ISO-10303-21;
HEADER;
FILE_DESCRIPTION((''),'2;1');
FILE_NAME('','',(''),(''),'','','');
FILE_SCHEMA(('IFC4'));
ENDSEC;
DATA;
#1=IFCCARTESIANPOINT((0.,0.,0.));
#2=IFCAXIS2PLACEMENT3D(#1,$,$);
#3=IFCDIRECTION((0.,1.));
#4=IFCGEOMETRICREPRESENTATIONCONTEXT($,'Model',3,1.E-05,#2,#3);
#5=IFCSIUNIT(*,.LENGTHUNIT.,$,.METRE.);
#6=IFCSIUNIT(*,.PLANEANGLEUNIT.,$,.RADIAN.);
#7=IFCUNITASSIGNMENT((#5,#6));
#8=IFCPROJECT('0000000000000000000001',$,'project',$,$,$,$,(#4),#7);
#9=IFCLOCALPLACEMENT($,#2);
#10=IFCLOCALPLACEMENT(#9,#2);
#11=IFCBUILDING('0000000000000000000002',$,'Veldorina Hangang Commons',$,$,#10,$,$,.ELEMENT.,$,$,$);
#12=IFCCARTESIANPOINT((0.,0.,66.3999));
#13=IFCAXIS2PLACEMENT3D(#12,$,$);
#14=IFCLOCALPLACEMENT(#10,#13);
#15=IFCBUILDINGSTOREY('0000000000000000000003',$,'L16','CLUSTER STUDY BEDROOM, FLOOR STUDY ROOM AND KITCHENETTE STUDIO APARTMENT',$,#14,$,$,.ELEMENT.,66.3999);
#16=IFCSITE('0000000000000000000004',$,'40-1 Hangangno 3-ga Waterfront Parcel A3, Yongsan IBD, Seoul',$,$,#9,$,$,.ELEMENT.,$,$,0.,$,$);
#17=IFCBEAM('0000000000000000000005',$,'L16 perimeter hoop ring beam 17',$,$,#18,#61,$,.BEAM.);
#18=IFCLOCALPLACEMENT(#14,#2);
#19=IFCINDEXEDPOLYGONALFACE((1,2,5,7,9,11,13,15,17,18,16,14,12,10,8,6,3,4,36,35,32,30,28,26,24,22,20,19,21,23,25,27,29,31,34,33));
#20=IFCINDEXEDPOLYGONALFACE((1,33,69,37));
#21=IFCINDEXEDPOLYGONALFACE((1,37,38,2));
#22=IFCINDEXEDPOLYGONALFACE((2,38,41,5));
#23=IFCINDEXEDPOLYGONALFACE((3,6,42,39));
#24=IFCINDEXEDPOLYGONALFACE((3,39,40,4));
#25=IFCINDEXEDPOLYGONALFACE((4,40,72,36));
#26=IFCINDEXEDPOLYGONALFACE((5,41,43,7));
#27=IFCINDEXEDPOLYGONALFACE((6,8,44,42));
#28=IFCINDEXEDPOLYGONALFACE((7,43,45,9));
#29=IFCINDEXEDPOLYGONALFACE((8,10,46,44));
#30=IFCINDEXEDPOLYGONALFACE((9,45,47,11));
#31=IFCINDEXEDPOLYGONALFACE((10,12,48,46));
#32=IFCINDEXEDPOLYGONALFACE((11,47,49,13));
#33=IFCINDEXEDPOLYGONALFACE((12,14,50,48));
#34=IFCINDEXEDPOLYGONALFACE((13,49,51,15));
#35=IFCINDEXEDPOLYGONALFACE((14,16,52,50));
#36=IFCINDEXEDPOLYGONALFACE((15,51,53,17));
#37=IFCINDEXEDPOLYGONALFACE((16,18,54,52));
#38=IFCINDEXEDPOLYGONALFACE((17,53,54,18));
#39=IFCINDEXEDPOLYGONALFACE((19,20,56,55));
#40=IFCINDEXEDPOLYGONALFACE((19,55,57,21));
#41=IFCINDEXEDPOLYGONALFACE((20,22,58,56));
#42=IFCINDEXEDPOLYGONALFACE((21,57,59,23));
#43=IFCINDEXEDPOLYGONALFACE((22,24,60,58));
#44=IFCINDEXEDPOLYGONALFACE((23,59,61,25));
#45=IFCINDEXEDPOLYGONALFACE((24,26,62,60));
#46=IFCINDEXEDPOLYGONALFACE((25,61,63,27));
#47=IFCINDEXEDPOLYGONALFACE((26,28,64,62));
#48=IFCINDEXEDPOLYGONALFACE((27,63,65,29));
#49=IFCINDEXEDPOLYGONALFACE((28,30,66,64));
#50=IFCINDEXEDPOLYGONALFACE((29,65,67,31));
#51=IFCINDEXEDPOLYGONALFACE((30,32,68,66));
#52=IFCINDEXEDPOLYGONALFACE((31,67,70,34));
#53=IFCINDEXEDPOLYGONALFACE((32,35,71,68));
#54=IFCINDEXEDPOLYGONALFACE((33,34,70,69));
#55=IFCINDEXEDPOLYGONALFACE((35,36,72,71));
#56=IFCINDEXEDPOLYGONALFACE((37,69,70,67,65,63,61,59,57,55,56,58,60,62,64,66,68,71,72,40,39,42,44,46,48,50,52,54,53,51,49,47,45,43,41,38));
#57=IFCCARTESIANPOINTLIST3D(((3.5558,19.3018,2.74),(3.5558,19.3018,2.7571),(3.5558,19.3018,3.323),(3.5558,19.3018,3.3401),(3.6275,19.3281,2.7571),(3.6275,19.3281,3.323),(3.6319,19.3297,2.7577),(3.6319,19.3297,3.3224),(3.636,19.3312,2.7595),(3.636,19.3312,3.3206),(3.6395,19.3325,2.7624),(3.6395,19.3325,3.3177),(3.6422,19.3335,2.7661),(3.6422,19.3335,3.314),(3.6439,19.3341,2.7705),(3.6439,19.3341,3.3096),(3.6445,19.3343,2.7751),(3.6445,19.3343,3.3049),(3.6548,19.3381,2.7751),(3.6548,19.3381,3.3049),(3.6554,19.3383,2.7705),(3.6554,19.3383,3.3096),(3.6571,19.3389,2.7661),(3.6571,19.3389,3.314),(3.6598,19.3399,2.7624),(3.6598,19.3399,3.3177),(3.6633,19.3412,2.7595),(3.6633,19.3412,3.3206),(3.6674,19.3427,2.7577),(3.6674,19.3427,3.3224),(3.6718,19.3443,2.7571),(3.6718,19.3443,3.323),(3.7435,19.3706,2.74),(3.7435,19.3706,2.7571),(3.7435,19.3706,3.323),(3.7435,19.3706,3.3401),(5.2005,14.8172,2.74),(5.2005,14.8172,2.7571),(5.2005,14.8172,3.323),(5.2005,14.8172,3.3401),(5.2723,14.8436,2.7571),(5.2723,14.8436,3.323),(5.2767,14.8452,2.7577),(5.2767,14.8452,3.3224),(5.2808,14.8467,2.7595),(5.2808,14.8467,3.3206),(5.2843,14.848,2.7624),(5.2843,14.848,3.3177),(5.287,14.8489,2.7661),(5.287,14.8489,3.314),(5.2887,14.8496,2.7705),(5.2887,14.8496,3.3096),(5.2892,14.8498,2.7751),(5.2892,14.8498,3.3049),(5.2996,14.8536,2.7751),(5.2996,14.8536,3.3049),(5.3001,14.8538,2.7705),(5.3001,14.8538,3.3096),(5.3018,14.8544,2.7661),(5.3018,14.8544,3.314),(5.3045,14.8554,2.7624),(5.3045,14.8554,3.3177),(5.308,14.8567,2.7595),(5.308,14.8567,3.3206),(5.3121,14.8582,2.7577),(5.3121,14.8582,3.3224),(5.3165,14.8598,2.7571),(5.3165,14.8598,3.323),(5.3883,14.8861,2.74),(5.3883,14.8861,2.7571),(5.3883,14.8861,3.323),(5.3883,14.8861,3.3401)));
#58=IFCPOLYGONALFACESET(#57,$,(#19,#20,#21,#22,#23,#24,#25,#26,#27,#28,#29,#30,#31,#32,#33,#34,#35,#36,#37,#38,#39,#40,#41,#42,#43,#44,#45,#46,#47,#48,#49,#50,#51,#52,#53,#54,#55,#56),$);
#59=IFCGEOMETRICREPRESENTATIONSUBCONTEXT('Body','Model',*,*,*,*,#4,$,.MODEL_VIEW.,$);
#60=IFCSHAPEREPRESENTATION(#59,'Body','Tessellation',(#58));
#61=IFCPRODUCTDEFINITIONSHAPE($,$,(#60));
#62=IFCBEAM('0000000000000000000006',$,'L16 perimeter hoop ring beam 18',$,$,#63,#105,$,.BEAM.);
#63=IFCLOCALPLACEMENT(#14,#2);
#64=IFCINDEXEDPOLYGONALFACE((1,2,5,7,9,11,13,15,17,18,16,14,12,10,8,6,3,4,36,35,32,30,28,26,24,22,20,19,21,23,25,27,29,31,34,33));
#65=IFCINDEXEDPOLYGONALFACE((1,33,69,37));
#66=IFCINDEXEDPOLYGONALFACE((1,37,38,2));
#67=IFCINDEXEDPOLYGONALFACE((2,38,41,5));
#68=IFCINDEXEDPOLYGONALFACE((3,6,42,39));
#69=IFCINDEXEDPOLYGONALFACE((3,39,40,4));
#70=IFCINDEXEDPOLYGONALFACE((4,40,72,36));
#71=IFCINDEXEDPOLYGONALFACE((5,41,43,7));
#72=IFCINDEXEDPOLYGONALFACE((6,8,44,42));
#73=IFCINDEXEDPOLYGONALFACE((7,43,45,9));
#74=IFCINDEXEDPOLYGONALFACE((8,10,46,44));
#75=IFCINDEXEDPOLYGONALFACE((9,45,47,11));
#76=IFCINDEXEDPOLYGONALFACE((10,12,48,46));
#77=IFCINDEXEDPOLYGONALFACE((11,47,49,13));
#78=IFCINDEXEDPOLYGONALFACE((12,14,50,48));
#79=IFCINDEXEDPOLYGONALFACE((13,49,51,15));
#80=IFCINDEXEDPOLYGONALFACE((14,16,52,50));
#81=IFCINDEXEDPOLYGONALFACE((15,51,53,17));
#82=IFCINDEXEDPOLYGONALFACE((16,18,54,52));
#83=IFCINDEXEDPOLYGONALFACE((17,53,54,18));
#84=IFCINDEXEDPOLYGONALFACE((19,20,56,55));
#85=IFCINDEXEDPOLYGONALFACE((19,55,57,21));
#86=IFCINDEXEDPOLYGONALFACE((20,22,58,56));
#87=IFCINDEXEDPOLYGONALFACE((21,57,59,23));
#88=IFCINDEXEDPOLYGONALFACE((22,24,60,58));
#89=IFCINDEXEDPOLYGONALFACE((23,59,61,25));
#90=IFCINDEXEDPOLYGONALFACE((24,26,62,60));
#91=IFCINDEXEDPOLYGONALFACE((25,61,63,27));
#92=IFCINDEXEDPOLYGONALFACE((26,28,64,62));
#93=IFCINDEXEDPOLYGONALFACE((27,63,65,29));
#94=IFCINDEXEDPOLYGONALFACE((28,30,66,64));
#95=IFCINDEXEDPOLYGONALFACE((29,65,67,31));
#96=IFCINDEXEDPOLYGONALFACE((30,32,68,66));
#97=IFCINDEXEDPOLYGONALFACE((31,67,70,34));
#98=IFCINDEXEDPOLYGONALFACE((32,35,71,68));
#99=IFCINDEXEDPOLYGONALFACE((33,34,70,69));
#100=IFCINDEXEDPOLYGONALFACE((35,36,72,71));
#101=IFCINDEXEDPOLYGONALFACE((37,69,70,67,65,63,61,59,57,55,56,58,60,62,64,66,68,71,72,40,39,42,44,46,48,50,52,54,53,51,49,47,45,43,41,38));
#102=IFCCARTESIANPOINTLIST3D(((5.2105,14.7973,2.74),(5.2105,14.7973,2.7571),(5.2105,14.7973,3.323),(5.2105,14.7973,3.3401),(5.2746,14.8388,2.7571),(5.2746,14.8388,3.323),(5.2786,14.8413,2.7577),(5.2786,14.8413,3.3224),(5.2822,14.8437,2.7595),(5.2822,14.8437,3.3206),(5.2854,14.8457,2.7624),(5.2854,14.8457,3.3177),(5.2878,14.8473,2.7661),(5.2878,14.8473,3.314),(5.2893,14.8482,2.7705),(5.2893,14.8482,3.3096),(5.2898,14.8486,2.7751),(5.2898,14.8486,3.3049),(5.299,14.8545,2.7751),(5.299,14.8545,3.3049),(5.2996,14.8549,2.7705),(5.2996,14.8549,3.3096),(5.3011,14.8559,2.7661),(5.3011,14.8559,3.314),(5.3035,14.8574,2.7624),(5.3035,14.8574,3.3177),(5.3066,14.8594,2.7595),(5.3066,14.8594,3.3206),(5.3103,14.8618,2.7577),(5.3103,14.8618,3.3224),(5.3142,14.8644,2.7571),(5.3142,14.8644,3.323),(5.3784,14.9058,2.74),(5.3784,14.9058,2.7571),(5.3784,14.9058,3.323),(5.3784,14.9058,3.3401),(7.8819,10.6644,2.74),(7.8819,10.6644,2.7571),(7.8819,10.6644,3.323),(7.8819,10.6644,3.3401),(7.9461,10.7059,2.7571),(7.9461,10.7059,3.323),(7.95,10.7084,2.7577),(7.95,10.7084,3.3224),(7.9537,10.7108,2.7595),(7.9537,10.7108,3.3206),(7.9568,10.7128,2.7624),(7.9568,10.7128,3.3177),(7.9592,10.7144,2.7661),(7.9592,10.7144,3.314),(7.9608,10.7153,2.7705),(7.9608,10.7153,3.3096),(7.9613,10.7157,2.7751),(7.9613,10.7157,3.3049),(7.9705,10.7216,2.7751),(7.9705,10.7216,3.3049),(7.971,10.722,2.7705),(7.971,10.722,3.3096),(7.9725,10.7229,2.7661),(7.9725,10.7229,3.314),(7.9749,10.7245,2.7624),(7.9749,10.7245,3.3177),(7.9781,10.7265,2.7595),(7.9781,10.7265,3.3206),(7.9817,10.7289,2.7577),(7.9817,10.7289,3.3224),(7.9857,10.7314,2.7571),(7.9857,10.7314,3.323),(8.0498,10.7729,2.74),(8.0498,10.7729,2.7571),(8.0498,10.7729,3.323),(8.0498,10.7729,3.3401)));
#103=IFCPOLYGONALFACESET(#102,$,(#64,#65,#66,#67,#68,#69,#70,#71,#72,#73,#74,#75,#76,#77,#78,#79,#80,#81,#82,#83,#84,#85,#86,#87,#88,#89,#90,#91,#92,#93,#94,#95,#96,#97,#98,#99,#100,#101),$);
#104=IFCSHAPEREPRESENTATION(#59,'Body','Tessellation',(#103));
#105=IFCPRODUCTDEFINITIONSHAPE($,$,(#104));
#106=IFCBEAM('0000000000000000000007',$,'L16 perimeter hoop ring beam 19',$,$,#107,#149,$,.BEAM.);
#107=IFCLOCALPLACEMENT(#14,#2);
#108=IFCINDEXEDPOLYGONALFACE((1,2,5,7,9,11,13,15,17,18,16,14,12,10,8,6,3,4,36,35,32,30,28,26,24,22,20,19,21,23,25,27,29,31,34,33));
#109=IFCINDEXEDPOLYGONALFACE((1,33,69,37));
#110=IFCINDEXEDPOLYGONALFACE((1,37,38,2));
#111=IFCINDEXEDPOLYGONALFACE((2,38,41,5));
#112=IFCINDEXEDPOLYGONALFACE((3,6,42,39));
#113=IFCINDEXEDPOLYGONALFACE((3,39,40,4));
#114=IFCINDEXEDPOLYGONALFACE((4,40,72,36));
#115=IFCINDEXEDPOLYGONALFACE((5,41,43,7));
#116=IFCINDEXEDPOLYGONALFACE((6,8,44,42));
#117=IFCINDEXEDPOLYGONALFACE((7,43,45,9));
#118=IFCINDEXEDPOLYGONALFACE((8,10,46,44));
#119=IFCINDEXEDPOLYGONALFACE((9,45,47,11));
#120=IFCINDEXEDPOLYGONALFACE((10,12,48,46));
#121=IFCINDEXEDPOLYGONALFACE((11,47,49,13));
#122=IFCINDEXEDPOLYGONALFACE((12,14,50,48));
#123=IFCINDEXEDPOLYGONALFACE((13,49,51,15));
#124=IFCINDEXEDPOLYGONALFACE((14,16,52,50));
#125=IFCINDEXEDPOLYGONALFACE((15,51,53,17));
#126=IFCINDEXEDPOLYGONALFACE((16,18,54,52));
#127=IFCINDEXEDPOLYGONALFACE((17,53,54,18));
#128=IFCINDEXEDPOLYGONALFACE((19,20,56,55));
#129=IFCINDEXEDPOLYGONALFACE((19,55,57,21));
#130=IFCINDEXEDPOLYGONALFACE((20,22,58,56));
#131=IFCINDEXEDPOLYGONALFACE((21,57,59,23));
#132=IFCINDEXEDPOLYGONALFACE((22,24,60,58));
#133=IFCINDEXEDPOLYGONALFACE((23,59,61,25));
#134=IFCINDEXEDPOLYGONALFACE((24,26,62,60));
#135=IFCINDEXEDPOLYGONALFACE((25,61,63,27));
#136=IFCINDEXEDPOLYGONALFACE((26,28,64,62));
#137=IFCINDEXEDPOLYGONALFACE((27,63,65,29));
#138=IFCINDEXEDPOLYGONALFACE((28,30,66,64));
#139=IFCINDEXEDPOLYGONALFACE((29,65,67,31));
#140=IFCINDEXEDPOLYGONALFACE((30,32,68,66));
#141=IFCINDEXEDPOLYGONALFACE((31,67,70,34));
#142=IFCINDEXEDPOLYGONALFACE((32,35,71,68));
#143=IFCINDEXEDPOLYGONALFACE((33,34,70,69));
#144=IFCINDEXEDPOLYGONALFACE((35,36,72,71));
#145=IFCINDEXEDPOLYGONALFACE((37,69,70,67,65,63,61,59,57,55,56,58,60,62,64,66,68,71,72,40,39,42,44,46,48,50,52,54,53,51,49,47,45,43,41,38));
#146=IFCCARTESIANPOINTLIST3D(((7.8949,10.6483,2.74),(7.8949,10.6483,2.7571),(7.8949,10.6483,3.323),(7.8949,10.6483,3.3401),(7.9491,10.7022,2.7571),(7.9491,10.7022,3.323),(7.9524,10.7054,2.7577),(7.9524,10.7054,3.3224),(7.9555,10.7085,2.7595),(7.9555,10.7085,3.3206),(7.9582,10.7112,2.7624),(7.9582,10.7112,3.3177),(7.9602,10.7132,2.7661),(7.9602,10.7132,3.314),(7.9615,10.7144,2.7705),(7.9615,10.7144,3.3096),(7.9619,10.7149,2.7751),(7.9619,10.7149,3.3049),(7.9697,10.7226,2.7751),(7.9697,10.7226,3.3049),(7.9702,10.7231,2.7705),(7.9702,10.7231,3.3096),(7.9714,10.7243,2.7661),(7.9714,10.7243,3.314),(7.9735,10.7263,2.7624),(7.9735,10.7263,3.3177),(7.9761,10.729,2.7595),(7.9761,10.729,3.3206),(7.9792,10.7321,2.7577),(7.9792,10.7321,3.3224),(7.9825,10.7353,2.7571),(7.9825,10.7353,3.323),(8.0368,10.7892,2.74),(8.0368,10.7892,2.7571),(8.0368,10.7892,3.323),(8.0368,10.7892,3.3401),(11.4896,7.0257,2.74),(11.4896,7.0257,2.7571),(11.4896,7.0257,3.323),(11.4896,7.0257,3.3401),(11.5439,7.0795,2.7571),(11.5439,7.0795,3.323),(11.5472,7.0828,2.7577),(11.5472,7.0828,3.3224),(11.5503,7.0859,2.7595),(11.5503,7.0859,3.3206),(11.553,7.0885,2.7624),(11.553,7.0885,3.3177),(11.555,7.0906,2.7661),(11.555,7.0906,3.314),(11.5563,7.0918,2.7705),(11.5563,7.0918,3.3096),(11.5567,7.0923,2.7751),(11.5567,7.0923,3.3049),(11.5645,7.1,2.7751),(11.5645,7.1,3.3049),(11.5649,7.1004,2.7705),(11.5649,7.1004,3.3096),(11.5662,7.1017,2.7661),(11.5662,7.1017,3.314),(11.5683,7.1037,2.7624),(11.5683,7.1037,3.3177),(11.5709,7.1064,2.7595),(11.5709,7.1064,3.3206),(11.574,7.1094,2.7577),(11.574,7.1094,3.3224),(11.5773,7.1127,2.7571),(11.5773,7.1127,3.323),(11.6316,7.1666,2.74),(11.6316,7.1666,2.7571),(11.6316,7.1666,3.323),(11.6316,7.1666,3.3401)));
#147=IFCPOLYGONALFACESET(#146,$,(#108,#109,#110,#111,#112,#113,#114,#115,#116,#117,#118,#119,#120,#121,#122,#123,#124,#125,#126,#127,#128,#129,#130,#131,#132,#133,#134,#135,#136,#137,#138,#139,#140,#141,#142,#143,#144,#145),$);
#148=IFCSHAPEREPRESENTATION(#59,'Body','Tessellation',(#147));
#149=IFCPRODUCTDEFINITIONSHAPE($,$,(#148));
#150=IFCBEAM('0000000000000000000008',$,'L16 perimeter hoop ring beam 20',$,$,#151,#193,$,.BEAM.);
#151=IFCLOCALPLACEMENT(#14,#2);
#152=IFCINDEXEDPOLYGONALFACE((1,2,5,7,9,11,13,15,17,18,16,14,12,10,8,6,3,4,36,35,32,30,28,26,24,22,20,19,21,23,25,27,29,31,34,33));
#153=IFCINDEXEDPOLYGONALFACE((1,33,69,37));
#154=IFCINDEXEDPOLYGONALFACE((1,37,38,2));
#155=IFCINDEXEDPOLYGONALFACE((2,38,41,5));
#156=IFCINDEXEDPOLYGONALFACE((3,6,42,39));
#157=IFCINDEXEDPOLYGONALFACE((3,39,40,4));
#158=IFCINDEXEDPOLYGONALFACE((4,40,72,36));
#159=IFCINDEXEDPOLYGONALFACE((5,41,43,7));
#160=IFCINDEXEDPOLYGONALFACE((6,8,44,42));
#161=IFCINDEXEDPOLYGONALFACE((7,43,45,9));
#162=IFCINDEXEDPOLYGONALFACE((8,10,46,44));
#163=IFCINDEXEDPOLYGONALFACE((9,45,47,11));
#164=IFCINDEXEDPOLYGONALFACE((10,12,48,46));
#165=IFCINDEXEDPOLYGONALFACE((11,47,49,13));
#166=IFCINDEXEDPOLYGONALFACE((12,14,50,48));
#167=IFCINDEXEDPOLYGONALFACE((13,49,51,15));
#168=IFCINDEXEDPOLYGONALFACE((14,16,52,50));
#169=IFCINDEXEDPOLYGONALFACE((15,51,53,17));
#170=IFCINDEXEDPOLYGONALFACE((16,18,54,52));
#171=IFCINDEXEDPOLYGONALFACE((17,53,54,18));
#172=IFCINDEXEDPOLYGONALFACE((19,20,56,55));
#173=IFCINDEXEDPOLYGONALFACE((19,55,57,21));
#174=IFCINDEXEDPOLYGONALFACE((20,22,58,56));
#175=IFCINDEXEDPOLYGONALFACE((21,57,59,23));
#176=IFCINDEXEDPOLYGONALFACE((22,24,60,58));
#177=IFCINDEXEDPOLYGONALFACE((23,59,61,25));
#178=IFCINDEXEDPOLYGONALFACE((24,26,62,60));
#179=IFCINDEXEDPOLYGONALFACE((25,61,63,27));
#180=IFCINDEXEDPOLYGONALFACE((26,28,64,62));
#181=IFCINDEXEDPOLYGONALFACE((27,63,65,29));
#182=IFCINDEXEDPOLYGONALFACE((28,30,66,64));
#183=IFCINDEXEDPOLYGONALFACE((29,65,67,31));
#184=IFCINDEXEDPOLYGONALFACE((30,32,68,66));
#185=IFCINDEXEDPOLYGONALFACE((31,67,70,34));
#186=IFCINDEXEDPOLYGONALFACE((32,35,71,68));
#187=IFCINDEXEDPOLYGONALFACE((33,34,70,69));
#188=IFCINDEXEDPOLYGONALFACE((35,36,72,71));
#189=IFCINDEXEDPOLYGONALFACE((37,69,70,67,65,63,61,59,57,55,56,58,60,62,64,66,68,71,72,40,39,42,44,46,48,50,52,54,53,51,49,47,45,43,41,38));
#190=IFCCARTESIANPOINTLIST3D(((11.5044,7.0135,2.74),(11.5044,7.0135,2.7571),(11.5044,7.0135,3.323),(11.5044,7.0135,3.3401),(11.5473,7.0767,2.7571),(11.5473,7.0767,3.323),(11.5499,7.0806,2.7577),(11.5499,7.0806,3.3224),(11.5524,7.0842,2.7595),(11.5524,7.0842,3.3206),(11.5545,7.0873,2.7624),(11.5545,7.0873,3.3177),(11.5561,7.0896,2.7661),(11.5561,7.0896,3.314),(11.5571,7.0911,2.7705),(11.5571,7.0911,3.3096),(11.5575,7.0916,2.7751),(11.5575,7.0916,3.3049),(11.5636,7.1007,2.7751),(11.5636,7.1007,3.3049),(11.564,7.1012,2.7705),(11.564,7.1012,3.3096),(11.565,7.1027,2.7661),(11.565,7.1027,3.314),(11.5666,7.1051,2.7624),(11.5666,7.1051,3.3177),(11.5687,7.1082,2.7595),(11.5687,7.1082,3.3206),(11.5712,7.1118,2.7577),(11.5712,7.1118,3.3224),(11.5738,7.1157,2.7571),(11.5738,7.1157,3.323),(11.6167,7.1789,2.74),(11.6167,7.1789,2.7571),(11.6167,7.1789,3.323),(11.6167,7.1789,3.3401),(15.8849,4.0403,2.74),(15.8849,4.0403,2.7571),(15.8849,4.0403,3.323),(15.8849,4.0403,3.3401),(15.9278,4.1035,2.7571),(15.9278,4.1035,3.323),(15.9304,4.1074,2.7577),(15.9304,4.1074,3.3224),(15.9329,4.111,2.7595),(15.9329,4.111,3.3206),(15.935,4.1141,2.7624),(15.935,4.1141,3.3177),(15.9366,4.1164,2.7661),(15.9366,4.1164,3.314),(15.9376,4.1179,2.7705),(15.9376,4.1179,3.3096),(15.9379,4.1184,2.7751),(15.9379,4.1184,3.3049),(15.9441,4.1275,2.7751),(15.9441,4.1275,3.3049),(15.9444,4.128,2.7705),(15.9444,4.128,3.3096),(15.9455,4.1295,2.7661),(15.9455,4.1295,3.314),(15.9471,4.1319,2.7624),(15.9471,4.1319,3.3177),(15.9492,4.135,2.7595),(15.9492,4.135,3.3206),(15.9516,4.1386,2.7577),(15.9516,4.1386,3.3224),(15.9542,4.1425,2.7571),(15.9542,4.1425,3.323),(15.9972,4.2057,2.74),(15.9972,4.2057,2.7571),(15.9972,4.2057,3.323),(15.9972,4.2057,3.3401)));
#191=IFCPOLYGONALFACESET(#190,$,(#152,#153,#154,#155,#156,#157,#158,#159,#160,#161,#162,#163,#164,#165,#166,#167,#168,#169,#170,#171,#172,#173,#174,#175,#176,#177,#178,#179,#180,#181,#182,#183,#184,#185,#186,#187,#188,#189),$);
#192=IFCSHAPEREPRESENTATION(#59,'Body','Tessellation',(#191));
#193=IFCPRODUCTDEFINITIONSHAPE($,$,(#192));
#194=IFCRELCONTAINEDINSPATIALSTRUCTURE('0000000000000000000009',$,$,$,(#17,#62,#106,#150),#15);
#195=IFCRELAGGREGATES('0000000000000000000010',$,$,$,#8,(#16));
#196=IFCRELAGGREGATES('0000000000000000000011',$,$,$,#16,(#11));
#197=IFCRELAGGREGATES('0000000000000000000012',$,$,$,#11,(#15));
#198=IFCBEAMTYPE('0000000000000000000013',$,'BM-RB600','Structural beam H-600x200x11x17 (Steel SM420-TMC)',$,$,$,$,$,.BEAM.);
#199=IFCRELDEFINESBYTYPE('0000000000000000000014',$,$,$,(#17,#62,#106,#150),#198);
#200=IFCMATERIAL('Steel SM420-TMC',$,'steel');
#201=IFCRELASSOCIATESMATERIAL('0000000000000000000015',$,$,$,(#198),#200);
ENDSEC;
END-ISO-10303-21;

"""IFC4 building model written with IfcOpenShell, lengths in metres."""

from ifc_helpers import new_model, si_unit, direction, frame, origin, origin_2d, place, context, subcontext, project, spatial, i_section, extrude, material, material_profile, profile_set, type_object, element, save


model = new_model("IFC4")

# Units and contexts
model_context = context("Model", 3, precision=1e-05, world=origin(), true_north=direction((0.0, 1.0)))
body_context = subcontext(model_context, "Body", "Model", "MODEL_VIEW")
ifc_project = project(units=[si_unit("LENGTHUNIT", "METRE"), si_unit("PLANEANGLEUNIT", "RADIAN")], contexts=[model_context])

# Site, building, storey
site_placement = place(None, origin())
site = spatial("IfcSite", under=ifc_project, at=site_placement, Name="40-1 Hangangno 3-ga Waterfront Parcel A3, Yongsan IBD, Seoul", CompositionType="ELEMENT", RefElevation=0.0)
building_placement = place(site_placement, origin())
building = spatial("IfcBuilding", under=site, at=building_placement, Name="Veldorina Hangang Commons", CompositionType="ELEMENT")
storey_placement = place(building_placement, frame((0.0, 0.0, 66.3999)))
storey = spatial("IfcBuildingStorey", under=building, at=storey_placement, Name="L16", Description="CLUSTER STUDY BEDROOM, FLOOR STUDY ROOM AND KITCHENETTE STUDIO APARTMENT", CompositionType="ELEMENT", Elevation=66.3999)

# Beams
ifc_material_1 = material(Name="Steel SM420-TMC", Category="steel")
ifc_material_profile_1 = material_profile(ifc_material_1, i_section(OverallWidth=0.2, OverallDepth=0.6001, WebThickness=0.011, FlangeThickness=0.0171, FilletRadius=0.0181, at=origin_2d()), Name="H-600x200x11x17")
ifc_profile_set_1 = profile_set([ifc_material_profile_1], Name="Steel SM420-TMC")
beam_type = type_object("IfcBeamType", Name="BM-RB600", Description="Structural beam H-600x200x11x17 (Steel SM420-TMC)", PredefinedType="BEAM", material=ifc_profile_set_1)
beam_1_placement = place(storey_placement, frame((3.6497, 19.3362, 3.04), z_axis=(0.344331, -0.938848, 0.0), x_axis=(0.938848, 0.344331, 0.0)))
element("IfcBeam", 1, at=beam_1_placement, inside=storey, type_object=beam_type, Name="L16 perimeter hoop ring beam 17", PredefinedType="BEAM", context=body_context, shape_type="SweptSolid", body=[
    extrude(i_section(OverallWidth=0.2, OverallDepth=0.6001, WebThickness=0.011, FlangeThickness=0.0171, FilletRadius=0.0181, at=origin_2d()), origin(), (0.0, 0.0, 1.0), 4.7766),
])
beam_2_placement = place(storey_placement, frame((5.2944, 14.8516, 3.04), z_axis=(0.542852, -0.839828, 0.0), x_axis=(0.839828, 0.542852, 0.0)))
element("IfcBeam", 2, at=beam_2_placement, inside=storey, type_object=beam_type, Name="L16 perimeter hoop ring beam 18", PredefinedType="BEAM", context=body_context, shape_type="SweptSolid", body=[
    extrude(i_section(OverallWidth=0.2, OverallDepth=0.6001, WebThickness=0.011, FlangeThickness=0.0171, FilletRadius=0.0181, at=origin_2d()), origin(), (0.0, 0.0, 1.0), 4.9211),
])
beam_3_placement = place(storey_placement, frame((7.9658, 10.7188, 3.04), z_axis=(0.704375, -0.709828, 0.0), x_axis=(0.709828, 0.704375, 0.0)))
element("IfcBeam", 3, at=beam_3_placement, inside=storey, type_object=beam_type, Name="L16 perimeter hoop ring beam 19", PredefinedType="BEAM", context=body_context, shape_type="SweptSolid", body=[
    extrude(i_section(OverallWidth=0.2, OverallDepth=0.6001, WebThickness=0.011, FlangeThickness=0.0171, FilletRadius=0.0181, at=origin_2d()), origin(), (0.0, 0.0, 1.0), 5.1035),
])
beam_4_placement = place(storey_placement, frame((11.5605, 7.0962, 3.04), z_axis=(0.82741, -0.561598, 0.0), x_axis=(0.561598, 0.82741, 0.0)))
element("IfcBeam", 4, at=beam_4_placement, inside=storey, type_object=beam_type, Name="L16 perimeter hoop ring beam 20", PredefinedType="BEAM", context=body_context, shape_type="SweptSolid", body=[
    extrude(i_section(OverallWidth=0.2, OverallDepth=0.6001, WebThickness=0.011, FlangeThickness=0.0171, FilletRadius=0.0181, at=origin_2d()), origin(), (0.0, 0.0, 1.0), 5.2942),
])

save(model, "model.ifc")
